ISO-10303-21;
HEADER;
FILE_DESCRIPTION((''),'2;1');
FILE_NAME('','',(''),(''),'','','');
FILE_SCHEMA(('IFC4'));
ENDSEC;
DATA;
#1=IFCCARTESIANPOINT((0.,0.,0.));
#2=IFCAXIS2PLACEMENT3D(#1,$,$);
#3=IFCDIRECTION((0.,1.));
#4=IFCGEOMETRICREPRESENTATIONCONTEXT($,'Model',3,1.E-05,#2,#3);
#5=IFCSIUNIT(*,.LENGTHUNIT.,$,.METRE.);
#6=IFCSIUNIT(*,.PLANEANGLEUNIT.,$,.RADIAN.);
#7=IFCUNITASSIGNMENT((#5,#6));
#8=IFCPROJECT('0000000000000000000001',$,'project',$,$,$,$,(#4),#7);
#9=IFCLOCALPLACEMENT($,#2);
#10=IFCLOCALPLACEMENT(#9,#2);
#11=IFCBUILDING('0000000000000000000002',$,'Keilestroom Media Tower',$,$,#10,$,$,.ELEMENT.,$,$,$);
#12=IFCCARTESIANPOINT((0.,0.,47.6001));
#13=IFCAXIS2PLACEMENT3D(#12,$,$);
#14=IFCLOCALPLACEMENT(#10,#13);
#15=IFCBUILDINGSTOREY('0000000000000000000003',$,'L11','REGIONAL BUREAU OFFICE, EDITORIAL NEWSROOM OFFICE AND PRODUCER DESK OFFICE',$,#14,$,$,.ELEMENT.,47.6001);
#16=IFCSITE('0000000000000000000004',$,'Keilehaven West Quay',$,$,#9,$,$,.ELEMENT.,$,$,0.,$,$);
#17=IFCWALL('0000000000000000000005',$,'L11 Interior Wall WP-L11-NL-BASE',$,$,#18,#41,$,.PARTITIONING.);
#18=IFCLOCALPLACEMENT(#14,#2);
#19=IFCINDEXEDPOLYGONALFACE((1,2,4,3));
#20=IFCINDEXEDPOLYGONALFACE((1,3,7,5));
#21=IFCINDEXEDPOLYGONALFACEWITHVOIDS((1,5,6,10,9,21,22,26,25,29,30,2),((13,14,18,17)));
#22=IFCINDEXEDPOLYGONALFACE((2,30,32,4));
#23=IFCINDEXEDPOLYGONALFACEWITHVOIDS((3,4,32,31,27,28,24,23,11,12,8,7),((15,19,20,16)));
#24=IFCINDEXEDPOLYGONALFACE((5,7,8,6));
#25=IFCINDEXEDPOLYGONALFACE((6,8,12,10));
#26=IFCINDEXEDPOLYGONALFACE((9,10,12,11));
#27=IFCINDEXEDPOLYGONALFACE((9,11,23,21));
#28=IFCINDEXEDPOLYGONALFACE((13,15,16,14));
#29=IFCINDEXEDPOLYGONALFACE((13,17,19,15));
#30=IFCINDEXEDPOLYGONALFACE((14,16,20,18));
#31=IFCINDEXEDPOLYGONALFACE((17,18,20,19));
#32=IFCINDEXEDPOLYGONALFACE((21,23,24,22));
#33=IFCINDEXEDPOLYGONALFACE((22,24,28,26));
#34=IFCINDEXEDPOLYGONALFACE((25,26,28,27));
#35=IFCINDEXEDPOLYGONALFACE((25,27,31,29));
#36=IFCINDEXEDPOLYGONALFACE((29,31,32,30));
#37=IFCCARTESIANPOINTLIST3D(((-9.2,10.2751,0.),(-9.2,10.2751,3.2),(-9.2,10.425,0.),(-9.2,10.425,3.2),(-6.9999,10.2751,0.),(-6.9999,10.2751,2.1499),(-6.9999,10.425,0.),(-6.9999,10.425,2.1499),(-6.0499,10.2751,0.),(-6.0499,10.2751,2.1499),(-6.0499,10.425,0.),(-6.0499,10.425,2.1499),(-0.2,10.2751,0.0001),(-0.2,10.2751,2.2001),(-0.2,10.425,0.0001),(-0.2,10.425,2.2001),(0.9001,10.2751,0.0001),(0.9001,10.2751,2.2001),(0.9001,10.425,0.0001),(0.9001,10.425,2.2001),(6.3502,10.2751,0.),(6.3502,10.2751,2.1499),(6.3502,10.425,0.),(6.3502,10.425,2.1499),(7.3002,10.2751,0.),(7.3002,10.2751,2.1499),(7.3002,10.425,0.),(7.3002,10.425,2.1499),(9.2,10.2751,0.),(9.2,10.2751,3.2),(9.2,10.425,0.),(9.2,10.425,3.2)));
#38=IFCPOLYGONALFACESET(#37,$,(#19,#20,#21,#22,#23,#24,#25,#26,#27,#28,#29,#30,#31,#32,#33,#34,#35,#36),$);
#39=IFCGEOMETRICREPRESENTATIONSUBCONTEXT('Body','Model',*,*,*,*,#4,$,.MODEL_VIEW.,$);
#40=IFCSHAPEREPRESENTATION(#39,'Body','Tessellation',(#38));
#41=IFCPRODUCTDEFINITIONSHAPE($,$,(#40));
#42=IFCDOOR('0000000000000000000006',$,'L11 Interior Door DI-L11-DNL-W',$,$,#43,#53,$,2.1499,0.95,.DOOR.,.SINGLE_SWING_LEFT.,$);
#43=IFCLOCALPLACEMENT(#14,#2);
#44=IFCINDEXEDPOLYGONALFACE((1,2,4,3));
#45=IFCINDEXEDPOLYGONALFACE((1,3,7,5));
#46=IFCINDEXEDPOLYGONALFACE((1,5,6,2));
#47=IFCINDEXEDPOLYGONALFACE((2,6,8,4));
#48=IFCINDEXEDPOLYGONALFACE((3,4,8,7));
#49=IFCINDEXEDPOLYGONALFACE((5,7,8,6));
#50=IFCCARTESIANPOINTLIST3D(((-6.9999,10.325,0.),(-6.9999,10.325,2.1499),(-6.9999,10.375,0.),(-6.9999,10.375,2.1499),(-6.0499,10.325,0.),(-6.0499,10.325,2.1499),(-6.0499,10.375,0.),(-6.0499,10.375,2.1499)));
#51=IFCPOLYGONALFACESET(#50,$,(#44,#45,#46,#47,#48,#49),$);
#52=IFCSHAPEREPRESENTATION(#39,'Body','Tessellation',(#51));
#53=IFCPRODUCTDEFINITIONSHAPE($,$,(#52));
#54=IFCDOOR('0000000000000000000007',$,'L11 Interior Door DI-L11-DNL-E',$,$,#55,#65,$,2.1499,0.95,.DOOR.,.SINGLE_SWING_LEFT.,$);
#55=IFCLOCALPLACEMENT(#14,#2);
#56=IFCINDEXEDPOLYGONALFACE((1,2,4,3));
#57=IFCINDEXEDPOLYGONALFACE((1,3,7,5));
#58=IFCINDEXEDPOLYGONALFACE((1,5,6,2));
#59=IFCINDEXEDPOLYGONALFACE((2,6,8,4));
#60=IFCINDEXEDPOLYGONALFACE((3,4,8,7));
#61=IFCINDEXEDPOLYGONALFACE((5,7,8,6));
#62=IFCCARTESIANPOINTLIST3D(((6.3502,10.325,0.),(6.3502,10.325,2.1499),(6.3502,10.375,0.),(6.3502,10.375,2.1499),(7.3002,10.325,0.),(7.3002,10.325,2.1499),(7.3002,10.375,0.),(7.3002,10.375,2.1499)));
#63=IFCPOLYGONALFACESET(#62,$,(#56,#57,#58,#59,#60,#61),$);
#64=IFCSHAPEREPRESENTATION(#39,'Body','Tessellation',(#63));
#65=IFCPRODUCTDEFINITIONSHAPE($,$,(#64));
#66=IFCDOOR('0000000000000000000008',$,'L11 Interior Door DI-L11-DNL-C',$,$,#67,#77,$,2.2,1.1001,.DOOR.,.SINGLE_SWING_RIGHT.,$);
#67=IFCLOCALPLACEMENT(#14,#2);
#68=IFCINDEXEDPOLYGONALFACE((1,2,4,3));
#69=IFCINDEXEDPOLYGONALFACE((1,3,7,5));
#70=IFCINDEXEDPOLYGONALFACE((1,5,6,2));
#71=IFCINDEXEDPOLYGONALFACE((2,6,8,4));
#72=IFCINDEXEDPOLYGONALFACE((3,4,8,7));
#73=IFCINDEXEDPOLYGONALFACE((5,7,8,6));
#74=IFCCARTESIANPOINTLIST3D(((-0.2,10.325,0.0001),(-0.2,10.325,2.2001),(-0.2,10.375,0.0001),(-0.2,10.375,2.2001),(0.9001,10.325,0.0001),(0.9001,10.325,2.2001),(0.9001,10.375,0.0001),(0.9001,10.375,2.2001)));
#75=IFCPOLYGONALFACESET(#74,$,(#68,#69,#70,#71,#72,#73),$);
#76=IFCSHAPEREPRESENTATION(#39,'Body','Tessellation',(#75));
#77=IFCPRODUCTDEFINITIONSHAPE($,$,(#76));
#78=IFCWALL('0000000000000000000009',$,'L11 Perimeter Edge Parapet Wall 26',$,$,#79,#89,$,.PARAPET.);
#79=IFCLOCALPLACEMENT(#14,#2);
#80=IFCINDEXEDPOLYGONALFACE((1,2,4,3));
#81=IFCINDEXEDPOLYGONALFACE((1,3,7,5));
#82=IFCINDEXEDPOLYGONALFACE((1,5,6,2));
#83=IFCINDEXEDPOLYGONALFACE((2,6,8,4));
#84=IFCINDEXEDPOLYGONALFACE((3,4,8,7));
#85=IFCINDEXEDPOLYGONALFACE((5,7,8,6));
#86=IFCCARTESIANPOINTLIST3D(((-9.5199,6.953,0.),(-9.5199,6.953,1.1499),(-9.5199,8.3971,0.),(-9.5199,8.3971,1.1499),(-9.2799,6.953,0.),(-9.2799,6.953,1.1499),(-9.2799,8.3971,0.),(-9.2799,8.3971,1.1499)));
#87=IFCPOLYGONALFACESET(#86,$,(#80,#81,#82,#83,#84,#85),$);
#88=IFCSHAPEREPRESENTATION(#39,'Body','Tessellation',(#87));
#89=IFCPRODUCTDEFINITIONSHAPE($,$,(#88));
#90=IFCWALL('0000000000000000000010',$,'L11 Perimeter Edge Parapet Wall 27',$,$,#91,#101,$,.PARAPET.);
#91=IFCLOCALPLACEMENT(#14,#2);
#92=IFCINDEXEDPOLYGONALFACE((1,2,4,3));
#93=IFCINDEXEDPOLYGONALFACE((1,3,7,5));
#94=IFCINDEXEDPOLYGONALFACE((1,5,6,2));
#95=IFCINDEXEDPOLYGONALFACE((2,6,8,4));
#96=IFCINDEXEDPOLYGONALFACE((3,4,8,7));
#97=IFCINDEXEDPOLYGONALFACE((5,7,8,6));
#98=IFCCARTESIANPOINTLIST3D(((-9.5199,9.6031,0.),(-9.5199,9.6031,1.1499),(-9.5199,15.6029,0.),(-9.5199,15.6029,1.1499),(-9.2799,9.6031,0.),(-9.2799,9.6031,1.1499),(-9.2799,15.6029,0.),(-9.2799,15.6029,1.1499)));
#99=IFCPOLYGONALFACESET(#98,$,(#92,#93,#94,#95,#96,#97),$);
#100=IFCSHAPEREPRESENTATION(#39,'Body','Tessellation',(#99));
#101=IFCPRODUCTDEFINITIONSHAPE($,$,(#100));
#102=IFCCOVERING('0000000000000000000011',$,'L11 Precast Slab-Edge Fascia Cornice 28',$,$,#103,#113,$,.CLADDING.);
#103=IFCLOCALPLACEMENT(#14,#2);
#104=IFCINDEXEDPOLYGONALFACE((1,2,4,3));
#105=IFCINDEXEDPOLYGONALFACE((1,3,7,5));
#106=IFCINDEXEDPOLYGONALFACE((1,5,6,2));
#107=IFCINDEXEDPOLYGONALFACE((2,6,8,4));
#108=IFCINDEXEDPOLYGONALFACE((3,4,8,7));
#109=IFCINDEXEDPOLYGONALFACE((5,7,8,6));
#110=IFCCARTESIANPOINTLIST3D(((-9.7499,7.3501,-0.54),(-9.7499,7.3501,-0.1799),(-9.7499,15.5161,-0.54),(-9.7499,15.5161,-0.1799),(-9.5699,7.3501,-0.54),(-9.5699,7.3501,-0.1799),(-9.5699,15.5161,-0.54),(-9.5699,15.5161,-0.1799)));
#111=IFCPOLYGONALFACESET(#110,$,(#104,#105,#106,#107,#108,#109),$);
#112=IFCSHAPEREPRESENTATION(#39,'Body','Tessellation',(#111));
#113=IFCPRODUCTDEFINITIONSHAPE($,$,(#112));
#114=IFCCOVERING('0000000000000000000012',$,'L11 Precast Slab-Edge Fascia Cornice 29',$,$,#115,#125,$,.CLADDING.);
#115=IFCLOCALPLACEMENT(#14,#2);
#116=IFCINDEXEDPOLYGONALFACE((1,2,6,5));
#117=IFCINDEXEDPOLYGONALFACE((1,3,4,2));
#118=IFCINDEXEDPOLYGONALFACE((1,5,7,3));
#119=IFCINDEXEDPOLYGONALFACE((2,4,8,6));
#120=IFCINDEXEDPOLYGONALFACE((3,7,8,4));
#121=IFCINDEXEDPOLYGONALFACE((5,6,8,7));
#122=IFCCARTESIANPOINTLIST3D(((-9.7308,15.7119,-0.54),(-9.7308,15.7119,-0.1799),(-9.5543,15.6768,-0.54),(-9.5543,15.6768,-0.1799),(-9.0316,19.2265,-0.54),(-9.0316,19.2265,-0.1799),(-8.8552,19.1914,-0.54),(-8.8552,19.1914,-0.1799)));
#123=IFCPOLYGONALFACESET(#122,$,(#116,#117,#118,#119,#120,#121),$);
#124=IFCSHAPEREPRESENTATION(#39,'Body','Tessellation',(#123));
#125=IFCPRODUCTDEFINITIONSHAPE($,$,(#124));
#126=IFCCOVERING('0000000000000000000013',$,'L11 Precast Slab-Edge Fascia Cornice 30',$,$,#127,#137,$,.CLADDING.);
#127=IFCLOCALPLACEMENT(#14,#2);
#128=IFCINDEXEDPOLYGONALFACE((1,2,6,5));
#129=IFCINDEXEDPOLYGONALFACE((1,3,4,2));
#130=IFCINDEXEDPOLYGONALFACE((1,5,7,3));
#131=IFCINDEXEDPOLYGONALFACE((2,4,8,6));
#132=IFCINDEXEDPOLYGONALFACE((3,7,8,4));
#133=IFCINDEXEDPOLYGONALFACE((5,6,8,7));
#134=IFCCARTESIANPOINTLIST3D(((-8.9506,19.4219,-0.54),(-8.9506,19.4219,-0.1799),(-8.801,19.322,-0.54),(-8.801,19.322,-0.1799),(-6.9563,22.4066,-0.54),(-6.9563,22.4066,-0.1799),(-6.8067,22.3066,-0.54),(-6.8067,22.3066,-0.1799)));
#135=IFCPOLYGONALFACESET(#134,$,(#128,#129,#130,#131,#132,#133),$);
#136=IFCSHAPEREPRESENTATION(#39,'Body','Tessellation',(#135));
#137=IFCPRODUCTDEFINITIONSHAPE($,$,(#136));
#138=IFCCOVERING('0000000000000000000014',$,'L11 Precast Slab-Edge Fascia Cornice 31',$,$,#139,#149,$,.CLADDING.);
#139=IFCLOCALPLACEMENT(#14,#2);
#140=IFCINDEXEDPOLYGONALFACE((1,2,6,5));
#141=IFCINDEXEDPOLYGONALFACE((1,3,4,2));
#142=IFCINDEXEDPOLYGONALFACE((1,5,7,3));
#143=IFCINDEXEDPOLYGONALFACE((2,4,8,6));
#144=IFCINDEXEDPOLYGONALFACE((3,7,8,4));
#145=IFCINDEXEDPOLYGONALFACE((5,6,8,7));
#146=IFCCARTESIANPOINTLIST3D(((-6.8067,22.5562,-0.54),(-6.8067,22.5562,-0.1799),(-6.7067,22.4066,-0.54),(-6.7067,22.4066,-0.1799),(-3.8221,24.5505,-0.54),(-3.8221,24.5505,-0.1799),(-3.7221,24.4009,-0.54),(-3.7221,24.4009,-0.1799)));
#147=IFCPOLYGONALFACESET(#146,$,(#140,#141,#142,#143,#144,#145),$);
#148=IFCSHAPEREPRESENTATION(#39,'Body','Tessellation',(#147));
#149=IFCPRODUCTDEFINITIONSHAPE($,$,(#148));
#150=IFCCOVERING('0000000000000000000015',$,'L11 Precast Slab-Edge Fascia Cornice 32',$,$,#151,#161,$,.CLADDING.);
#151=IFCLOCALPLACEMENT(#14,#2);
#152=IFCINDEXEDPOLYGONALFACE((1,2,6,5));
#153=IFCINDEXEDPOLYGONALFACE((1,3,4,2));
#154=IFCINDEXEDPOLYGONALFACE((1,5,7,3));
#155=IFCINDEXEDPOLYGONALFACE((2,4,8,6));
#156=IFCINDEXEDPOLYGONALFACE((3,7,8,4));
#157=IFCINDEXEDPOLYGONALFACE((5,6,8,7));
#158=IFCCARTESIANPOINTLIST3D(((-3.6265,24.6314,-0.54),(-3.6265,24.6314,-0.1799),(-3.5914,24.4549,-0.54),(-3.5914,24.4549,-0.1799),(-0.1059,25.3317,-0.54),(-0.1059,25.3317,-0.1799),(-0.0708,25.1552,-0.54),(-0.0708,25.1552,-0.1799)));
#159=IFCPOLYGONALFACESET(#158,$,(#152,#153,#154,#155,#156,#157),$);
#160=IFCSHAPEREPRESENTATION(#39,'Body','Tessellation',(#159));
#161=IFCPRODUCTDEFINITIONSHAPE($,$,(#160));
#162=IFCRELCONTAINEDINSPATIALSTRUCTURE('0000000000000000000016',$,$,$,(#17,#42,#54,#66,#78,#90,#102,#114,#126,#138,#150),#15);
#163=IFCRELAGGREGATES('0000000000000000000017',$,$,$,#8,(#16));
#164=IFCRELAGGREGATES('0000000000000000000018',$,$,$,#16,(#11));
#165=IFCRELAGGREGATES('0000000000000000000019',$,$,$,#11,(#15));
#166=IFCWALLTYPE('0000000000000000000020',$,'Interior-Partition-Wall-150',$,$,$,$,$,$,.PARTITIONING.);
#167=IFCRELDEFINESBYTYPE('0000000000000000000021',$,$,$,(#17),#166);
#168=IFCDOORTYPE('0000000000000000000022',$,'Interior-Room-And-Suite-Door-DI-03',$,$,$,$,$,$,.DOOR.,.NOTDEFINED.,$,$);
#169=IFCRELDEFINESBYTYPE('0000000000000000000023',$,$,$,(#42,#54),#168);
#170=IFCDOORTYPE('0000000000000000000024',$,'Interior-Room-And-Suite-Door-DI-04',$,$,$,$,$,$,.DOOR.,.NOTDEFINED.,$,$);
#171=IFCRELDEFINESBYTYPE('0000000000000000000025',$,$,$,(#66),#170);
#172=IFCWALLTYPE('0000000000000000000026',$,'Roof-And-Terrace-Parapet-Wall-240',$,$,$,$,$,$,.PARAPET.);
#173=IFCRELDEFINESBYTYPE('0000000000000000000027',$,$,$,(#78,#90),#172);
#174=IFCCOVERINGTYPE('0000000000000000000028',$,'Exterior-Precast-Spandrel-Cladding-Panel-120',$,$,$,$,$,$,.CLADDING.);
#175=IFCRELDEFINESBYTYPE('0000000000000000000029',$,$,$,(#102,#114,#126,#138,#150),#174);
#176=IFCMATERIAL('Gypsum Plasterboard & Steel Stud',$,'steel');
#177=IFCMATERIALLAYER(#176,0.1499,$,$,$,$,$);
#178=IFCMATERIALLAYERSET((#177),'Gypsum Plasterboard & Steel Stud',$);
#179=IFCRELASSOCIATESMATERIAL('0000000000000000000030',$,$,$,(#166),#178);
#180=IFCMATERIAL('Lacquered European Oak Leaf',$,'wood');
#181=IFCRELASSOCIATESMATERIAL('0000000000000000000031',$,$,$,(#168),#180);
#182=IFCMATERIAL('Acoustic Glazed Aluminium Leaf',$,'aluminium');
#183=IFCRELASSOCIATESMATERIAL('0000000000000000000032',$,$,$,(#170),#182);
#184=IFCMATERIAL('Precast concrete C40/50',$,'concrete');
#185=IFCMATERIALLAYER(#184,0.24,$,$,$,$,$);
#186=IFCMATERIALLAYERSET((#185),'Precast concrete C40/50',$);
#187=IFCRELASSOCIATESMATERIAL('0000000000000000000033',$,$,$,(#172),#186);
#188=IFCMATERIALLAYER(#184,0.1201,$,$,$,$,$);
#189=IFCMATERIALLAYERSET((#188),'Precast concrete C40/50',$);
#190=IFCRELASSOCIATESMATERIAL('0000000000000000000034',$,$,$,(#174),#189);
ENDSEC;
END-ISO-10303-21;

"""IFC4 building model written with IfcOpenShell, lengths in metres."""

from ifc_helpers import new_model, si_unit, direction, frame, frame_2d, origin, origin_2d, place, context, subcontext, project, spatial, rectangle, extrude, source, transform, mapped, material, layer, layer_set, type_object, element, fill, save


model = new_model("IFC4")

# Units and contexts
model_context = context("Model", 3, precision=1e-05, world=origin(), true_north=direction((0.0, 1.0)))
body_context = subcontext(model_context, "Body", "Model", "MODEL_VIEW")
ifc_project = project(units=[si_unit("LENGTHUNIT", "METRE"), si_unit("PLANEANGLEUNIT", "RADIAN")], contexts=[model_context])

# Site, building, storey
site_placement = place(None, origin())
site = spatial("IfcSite", under=ifc_project, at=site_placement, Name="Keilehaven West Quay", CompositionType="ELEMENT", RefElevation=0.0)
building_placement = place(site_placement, origin())
building = spatial("IfcBuilding", under=site, at=building_placement, Name="Keilestroom Media Tower", CompositionType="ELEMENT")
storey_placement = place(building_placement, frame((0.0, 0.0, 47.6001)))
storey = spatial("IfcBuildingStorey", under=building, at=storey_placement, Name="L11", Description="REGIONAL BUREAU OFFICE, EDITORIAL NEWSROOM OFFICE AND PRODUCER DESK OFFICE", CompositionType="ELEMENT", Elevation=47.6001)

# Shared definitions
ifc_material_1 = material(Name="Precast concrete C40/50", Category="concrete")
ifc_material_2 = material(Name="Gypsum Plasterboard & Steel Stud", Category="steel")

# Wall, openings, doors
ifc_layer_1 = layer(ifc_material_2, 0.1499)
ifc_layer_set_1 = layer_set([ifc_layer_1], Name="Gypsum Plasterboard & Steel Stud")
wall_type_1 = type_object("IfcWallType", Name="Interior-Partition-Wall-150", PredefinedType="PARTITIONING", material=ifc_layer_set_1)
wall_1_placement = place(storey_placement, frame((-9.2, 10.3501, 0.0), z_axis=(0.0, 0.0, 1.0), x_axis=(1.0, 0.0, 0.0)))
wall_1 = element("IfcWall", 1, at=wall_1_placement, inside=storey, type_object=wall_type_1, Name="L11 Interior Wall WP-L11-NL-BASE", PredefinedType="PARTITIONING", context=body_context, shape_type="SweptSolid", body=[
    extrude(rectangle(XDim=18.3999, YDim=0.1499, at=frame_2d((9.2, 0.0))), origin(), (0.0, 0.0, 1.0), 3.2),
])
opening_1_placement = place(wall_1_placement, frame((2.2, 0.0, 0.0)))
opening_1 = element("IfcOpeningElement", 2, at=opening_1_placement, cuts=wall_1, PredefinedType="OPENING", context=body_context, shape_type="SweptSolid", body=[
    extrude(rectangle(XDim=0.95, YDim=2.1499, at=frame_2d((0.4751, 1.075))), frame((0.0, 0.085, 0.0), z_axis=(0.0, -1.0, 0.0), x_axis=(1.0, 0.0, 0.0)), (0.0, 0.0, 1.0), 0.1699),
])
opening_2_placement = place(wall_1_placement, frame((9.0, 0.0, 0.0)))
opening_2 = element("IfcOpeningElement", 3, at=opening_2_placement, cuts=wall_1, PredefinedType="OPENING", context=body_context, shape_type="SweptSolid", body=[
    extrude(rectangle(XDim=1.1001, YDim=2.2, at=frame_2d((0.55, 1.1001))), frame((0.0, 0.085, 0.0), z_axis=(0.0, -1.0, 0.0), x_axis=(1.0, 0.0, 0.0)), (0.0, 0.0, 1.0), 0.1699),
])
opening_3_placement = place(wall_1_placement, frame((15.55, 0.0, 0.0)))
opening_3 = element("IfcOpeningElement", 4, at=opening_3_placement, cuts=wall_1, PredefinedType="OPENING", context=body_context, shape_type="SweptSolid", body=[
    extrude(rectangle(XDim=0.95, YDim=2.1499, at=frame_2d((0.4751, 1.075))), frame((0.0, 0.085, 0.0), z_axis=(0.0, -1.0, 0.0), x_axis=(1.0, 0.0, 0.0)), (0.0, 0.0, 1.0), 0.1699),
])
ifc_material_3 = material(Name="Lacquered European Oak Leaf", Category="wood")
door_type_1 = type_object("IfcDoorType", Name="Interior-Room-And-Suite-Door-DI-03", OperationType="NOTDEFINED", PredefinedType="DOOR", material=ifc_material_3)
shared_shape_1 = source(origin(), body_context, "Body", "SweptSolid", [
    extrude(rectangle(XDim=0.95, YDim=2.1499, at=frame_2d((0.4751, 1.075))), frame((0.0, 0.0249, 0.0), z_axis=(0.0, -1.0, 0.0), x_axis=(1.0, 0.0, 0.0)), (0.0, 0.0, 1.0), 0.05),
])
door_1_placement = place(opening_1_placement, origin())
door_1 = element("IfcDoor", 5, at=door_1_placement, inside=storey, type_object=door_type_1, Name="L11 Interior Door DI-L11-DNL-W", OperationType="SINGLE_SWING_LEFT", OverallHeight=2.1499, OverallWidth=0.95, PredefinedType="DOOR", context=body_context, shape_type="MappedRepresentation", body=[
    mapped(shared_shape_1, transform((0.0, 0.0, 0.0), x_axis=(1.0, 0.0, 0.0), y_axis=(0.0, 1.0, 0.0), z_axis=(0.0, 0.0, 1.0), scale=1.0)),
])
fill(opening_1, door_1)
door_2_placement = place(opening_3_placement, origin())
door_2 = element("IfcDoor", 6, at=door_2_placement, inside=storey, type_object=door_type_1, Name="L11 Interior Door DI-L11-DNL-E", OperationType="SINGLE_SWING_LEFT", OverallHeight=2.1499, OverallWidth=0.95, PredefinedType="DOOR", context=body_context, shape_type="MappedRepresentation", body=[
    mapped(shared_shape_1, transform((0.0, 0.0, 0.0), x_axis=(1.0, 0.0, 0.0), y_axis=(0.0, 1.0, 0.0), z_axis=(0.0, 0.0, 1.0), scale=1.0)),
])
fill(opening_3, door_2)
ifc_material_4 = material(Name="Acoustic Glazed Aluminium Leaf", Category="aluminium")
door_type_2 = type_object("IfcDoorType", Name="Interior-Room-And-Suite-Door-DI-04", OperationType="NOTDEFINED", PredefinedType="DOOR", material=ifc_material_4)
shared_shape_2 = source(origin(), body_context, "Body", "SweptSolid", [
    extrude(rectangle(XDim=1.1001, YDim=2.2, at=frame_2d((0.55, 1.1001))), frame((0.0, 0.0249, 0.0), z_axis=(0.0, -1.0, 0.0), x_axis=(1.0, 0.0, 0.0)), (0.0, 0.0, 1.0), 0.05),
])
door_3_placement = place(opening_2_placement, origin())
door_3 = element("IfcDoor", 7, at=door_3_placement, inside=storey, type_object=door_type_2, Name="L11 Interior Door DI-L11-DNL-C", OperationType="SINGLE_SWING_RIGHT", OverallHeight=2.2, OverallWidth=1.1001, PredefinedType="DOOR", context=body_context, shape_type="MappedRepresentation", body=[
    mapped(shared_shape_2, transform((0.0, 0.0, 0.0), x_axis=(1.0, 0.0, 0.0), y_axis=(0.0, 1.0, 0.0), z_axis=(0.0, 0.0, 1.0), scale=1.0)),
])
fill(opening_2, door_3)

# Walls
ifc_layer_2 = layer(ifc_material_1, 0.24)
ifc_layer_set_2 = layer_set([ifc_layer_2], Name="Precast concrete C40/50")
wall_type_2 = type_object("IfcWallType", Name="Roof-And-Terrace-Parapet-Wall-240", PredefinedType="PARAPET", material=ifc_layer_set_2)
wall_2_placement = place(storey_placement, frame((-9.3999, 6.9529, 0.0), z_axis=(0.0, 0.0, 1.0), x_axis=(0.0, 1.0, 0.0)))
element("IfcWall", 8, at=wall_2_placement, inside=storey, type_object=wall_type_2, Name="L11 Perimeter Edge Parapet Wall 26", PredefinedType="PARAPET", context=body_context, shape_type="SweptSolid", body=[
    extrude(rectangle(XDim=1.4441, YDim=0.24, at=frame_2d((0.7222, 0.0))), origin(), (0.0, 0.0, 1.0), 1.1499),
])
wall_3_placement = place(storey_placement, frame((-9.3999, 9.603, 0.0), z_axis=(0.0, 0.0, 1.0), x_axis=(0.0, 1.0, 0.0)))
element("IfcWall", 9, at=wall_3_placement, inside=storey, type_object=wall_type_2, Name="L11 Perimeter Edge Parapet Wall 27", PredefinedType="PARAPET", context=body_context, shape_type="SweptSolid", body=[
    extrude(rectangle(XDim=5.9998, YDim=0.24, at=frame_2d((3.0, 0.0))), origin(), (0.0, 0.0, 1.0), 1.1499),
])

# Coverings
ifc_layer_3 = layer(ifc_material_1, 0.1201)
ifc_layer_set_3 = layer_set([ifc_layer_3], Name="Precast concrete C40/50")
covering_type = type_object("IfcCoveringType", Name="Exterior-Precast-Spandrel-Cladding-Panel-120", PredefinedType="CLADDING", material=ifc_layer_set_3)
shared_shape_3 = source(origin(), body_context, "Body", "SweptSolid", [
    extrude(rectangle(XDim=8.166, YDim=0.1799, at=origin_2d()), origin(), (0.0, 0.0, 1.0), 0.3601),
])
covering_1_placement = place(storey_placement, frame((-9.6599, 11.4331, -0.54), z_axis=(0.0, 0.0, 1.0), x_axis=(0.0, 1.0, 0.0)))
element("IfcCovering", 10, at=covering_1_placement, inside=storey, type_object=covering_type, Name="L11 Precast Slab-Edge Fascia Cornice 28", PredefinedType="CLADDING", context=body_context, shape_type="MappedRepresentation", body=[
    mapped(shared_shape_3, transform((0.0, 0.0, 0.0), x_axis=(1.0, 0.0, 0.0), y_axis=(0.0, 1.0, 0.0), z_axis=(0.0, 0.0, 1.0), scale=1.0)),
])
shared_shape_4 = source(origin(), body_context, "Body", "SweptSolid", [
    extrude(rectangle(XDim=3.5835, YDim=0.1799, at=origin_2d()), origin(), (0.0, 0.0, 1.0), 0.3601),
])
covering_2_placement = place(storey_placement, frame((-9.293, 17.4517, -0.54), z_axis=(0.0, 0.0, 1.0), x_axis=(0.195099, 0.980784, 0.0)))
element("IfcCovering", 11, at=covering_2_placement, inside=storey, type_object=covering_type, Name="L11 Precast Slab-Edge Fascia Cornice 29", PredefinedType="CLADDING", context=body_context, shape_type="MappedRepresentation", body=[
    mapped(shared_shape_4, transform((0.0, 0.0, 0.0), x_axis=(1.0, 0.0, 0.0), y_axis=(0.0, 1.0, 0.0), z_axis=(0.0, 0.0, 1.0), scale=1.0)),
])
shared_shape_5 = source(origin(), body_context, "Body", "SweptSolid", [
    extrude(rectangle(XDim=3.5896, YDim=0.1799, at=origin_2d()), origin(), (0.0, 0.0, 1.0), 0.3601),
])
for number, where, z_axis, x_axis, name in (
    (12, (-7.8787, 20.8643, -0.54), (0.0, 0.0, 1.0), (0.555575, 0.831467, 0.0), "L11 Precast Slab-Edge Fascia Cornice 30"),
    (13, (-5.2644, 23.4785, -0.54), (0.0, 0.0, 1.0), (0.831467, 0.555575, 0.0), "L11 Precast Slab-Edge Fascia Cornice 31"),
    (14, (-1.8486, 24.8933, -0.54), (0.0, 0.0, 1.0), (0.980784, 0.195099, 0.0), "L11 Precast Slab-Edge Fascia Cornice 32"),
):
    element("IfcCovering", number, at=place(storey_placement, frame(where, z_axis=z_axis, x_axis=x_axis)), inside=storey, type_object=covering_type, Name=name, PredefinedType="CLADDING", context=body_context, shape_type="MappedRepresentation", body=[
        mapped(shared_shape_5, transform((0.0, 0.0, 0.0), x_axis=(1.0, 0.0, 0.0), y_axis=(0.0, 1.0, 0.0), z_axis=(0.0, 0.0, 1.0), scale=1.0)),
    ])

save(model, "model.ifc")
